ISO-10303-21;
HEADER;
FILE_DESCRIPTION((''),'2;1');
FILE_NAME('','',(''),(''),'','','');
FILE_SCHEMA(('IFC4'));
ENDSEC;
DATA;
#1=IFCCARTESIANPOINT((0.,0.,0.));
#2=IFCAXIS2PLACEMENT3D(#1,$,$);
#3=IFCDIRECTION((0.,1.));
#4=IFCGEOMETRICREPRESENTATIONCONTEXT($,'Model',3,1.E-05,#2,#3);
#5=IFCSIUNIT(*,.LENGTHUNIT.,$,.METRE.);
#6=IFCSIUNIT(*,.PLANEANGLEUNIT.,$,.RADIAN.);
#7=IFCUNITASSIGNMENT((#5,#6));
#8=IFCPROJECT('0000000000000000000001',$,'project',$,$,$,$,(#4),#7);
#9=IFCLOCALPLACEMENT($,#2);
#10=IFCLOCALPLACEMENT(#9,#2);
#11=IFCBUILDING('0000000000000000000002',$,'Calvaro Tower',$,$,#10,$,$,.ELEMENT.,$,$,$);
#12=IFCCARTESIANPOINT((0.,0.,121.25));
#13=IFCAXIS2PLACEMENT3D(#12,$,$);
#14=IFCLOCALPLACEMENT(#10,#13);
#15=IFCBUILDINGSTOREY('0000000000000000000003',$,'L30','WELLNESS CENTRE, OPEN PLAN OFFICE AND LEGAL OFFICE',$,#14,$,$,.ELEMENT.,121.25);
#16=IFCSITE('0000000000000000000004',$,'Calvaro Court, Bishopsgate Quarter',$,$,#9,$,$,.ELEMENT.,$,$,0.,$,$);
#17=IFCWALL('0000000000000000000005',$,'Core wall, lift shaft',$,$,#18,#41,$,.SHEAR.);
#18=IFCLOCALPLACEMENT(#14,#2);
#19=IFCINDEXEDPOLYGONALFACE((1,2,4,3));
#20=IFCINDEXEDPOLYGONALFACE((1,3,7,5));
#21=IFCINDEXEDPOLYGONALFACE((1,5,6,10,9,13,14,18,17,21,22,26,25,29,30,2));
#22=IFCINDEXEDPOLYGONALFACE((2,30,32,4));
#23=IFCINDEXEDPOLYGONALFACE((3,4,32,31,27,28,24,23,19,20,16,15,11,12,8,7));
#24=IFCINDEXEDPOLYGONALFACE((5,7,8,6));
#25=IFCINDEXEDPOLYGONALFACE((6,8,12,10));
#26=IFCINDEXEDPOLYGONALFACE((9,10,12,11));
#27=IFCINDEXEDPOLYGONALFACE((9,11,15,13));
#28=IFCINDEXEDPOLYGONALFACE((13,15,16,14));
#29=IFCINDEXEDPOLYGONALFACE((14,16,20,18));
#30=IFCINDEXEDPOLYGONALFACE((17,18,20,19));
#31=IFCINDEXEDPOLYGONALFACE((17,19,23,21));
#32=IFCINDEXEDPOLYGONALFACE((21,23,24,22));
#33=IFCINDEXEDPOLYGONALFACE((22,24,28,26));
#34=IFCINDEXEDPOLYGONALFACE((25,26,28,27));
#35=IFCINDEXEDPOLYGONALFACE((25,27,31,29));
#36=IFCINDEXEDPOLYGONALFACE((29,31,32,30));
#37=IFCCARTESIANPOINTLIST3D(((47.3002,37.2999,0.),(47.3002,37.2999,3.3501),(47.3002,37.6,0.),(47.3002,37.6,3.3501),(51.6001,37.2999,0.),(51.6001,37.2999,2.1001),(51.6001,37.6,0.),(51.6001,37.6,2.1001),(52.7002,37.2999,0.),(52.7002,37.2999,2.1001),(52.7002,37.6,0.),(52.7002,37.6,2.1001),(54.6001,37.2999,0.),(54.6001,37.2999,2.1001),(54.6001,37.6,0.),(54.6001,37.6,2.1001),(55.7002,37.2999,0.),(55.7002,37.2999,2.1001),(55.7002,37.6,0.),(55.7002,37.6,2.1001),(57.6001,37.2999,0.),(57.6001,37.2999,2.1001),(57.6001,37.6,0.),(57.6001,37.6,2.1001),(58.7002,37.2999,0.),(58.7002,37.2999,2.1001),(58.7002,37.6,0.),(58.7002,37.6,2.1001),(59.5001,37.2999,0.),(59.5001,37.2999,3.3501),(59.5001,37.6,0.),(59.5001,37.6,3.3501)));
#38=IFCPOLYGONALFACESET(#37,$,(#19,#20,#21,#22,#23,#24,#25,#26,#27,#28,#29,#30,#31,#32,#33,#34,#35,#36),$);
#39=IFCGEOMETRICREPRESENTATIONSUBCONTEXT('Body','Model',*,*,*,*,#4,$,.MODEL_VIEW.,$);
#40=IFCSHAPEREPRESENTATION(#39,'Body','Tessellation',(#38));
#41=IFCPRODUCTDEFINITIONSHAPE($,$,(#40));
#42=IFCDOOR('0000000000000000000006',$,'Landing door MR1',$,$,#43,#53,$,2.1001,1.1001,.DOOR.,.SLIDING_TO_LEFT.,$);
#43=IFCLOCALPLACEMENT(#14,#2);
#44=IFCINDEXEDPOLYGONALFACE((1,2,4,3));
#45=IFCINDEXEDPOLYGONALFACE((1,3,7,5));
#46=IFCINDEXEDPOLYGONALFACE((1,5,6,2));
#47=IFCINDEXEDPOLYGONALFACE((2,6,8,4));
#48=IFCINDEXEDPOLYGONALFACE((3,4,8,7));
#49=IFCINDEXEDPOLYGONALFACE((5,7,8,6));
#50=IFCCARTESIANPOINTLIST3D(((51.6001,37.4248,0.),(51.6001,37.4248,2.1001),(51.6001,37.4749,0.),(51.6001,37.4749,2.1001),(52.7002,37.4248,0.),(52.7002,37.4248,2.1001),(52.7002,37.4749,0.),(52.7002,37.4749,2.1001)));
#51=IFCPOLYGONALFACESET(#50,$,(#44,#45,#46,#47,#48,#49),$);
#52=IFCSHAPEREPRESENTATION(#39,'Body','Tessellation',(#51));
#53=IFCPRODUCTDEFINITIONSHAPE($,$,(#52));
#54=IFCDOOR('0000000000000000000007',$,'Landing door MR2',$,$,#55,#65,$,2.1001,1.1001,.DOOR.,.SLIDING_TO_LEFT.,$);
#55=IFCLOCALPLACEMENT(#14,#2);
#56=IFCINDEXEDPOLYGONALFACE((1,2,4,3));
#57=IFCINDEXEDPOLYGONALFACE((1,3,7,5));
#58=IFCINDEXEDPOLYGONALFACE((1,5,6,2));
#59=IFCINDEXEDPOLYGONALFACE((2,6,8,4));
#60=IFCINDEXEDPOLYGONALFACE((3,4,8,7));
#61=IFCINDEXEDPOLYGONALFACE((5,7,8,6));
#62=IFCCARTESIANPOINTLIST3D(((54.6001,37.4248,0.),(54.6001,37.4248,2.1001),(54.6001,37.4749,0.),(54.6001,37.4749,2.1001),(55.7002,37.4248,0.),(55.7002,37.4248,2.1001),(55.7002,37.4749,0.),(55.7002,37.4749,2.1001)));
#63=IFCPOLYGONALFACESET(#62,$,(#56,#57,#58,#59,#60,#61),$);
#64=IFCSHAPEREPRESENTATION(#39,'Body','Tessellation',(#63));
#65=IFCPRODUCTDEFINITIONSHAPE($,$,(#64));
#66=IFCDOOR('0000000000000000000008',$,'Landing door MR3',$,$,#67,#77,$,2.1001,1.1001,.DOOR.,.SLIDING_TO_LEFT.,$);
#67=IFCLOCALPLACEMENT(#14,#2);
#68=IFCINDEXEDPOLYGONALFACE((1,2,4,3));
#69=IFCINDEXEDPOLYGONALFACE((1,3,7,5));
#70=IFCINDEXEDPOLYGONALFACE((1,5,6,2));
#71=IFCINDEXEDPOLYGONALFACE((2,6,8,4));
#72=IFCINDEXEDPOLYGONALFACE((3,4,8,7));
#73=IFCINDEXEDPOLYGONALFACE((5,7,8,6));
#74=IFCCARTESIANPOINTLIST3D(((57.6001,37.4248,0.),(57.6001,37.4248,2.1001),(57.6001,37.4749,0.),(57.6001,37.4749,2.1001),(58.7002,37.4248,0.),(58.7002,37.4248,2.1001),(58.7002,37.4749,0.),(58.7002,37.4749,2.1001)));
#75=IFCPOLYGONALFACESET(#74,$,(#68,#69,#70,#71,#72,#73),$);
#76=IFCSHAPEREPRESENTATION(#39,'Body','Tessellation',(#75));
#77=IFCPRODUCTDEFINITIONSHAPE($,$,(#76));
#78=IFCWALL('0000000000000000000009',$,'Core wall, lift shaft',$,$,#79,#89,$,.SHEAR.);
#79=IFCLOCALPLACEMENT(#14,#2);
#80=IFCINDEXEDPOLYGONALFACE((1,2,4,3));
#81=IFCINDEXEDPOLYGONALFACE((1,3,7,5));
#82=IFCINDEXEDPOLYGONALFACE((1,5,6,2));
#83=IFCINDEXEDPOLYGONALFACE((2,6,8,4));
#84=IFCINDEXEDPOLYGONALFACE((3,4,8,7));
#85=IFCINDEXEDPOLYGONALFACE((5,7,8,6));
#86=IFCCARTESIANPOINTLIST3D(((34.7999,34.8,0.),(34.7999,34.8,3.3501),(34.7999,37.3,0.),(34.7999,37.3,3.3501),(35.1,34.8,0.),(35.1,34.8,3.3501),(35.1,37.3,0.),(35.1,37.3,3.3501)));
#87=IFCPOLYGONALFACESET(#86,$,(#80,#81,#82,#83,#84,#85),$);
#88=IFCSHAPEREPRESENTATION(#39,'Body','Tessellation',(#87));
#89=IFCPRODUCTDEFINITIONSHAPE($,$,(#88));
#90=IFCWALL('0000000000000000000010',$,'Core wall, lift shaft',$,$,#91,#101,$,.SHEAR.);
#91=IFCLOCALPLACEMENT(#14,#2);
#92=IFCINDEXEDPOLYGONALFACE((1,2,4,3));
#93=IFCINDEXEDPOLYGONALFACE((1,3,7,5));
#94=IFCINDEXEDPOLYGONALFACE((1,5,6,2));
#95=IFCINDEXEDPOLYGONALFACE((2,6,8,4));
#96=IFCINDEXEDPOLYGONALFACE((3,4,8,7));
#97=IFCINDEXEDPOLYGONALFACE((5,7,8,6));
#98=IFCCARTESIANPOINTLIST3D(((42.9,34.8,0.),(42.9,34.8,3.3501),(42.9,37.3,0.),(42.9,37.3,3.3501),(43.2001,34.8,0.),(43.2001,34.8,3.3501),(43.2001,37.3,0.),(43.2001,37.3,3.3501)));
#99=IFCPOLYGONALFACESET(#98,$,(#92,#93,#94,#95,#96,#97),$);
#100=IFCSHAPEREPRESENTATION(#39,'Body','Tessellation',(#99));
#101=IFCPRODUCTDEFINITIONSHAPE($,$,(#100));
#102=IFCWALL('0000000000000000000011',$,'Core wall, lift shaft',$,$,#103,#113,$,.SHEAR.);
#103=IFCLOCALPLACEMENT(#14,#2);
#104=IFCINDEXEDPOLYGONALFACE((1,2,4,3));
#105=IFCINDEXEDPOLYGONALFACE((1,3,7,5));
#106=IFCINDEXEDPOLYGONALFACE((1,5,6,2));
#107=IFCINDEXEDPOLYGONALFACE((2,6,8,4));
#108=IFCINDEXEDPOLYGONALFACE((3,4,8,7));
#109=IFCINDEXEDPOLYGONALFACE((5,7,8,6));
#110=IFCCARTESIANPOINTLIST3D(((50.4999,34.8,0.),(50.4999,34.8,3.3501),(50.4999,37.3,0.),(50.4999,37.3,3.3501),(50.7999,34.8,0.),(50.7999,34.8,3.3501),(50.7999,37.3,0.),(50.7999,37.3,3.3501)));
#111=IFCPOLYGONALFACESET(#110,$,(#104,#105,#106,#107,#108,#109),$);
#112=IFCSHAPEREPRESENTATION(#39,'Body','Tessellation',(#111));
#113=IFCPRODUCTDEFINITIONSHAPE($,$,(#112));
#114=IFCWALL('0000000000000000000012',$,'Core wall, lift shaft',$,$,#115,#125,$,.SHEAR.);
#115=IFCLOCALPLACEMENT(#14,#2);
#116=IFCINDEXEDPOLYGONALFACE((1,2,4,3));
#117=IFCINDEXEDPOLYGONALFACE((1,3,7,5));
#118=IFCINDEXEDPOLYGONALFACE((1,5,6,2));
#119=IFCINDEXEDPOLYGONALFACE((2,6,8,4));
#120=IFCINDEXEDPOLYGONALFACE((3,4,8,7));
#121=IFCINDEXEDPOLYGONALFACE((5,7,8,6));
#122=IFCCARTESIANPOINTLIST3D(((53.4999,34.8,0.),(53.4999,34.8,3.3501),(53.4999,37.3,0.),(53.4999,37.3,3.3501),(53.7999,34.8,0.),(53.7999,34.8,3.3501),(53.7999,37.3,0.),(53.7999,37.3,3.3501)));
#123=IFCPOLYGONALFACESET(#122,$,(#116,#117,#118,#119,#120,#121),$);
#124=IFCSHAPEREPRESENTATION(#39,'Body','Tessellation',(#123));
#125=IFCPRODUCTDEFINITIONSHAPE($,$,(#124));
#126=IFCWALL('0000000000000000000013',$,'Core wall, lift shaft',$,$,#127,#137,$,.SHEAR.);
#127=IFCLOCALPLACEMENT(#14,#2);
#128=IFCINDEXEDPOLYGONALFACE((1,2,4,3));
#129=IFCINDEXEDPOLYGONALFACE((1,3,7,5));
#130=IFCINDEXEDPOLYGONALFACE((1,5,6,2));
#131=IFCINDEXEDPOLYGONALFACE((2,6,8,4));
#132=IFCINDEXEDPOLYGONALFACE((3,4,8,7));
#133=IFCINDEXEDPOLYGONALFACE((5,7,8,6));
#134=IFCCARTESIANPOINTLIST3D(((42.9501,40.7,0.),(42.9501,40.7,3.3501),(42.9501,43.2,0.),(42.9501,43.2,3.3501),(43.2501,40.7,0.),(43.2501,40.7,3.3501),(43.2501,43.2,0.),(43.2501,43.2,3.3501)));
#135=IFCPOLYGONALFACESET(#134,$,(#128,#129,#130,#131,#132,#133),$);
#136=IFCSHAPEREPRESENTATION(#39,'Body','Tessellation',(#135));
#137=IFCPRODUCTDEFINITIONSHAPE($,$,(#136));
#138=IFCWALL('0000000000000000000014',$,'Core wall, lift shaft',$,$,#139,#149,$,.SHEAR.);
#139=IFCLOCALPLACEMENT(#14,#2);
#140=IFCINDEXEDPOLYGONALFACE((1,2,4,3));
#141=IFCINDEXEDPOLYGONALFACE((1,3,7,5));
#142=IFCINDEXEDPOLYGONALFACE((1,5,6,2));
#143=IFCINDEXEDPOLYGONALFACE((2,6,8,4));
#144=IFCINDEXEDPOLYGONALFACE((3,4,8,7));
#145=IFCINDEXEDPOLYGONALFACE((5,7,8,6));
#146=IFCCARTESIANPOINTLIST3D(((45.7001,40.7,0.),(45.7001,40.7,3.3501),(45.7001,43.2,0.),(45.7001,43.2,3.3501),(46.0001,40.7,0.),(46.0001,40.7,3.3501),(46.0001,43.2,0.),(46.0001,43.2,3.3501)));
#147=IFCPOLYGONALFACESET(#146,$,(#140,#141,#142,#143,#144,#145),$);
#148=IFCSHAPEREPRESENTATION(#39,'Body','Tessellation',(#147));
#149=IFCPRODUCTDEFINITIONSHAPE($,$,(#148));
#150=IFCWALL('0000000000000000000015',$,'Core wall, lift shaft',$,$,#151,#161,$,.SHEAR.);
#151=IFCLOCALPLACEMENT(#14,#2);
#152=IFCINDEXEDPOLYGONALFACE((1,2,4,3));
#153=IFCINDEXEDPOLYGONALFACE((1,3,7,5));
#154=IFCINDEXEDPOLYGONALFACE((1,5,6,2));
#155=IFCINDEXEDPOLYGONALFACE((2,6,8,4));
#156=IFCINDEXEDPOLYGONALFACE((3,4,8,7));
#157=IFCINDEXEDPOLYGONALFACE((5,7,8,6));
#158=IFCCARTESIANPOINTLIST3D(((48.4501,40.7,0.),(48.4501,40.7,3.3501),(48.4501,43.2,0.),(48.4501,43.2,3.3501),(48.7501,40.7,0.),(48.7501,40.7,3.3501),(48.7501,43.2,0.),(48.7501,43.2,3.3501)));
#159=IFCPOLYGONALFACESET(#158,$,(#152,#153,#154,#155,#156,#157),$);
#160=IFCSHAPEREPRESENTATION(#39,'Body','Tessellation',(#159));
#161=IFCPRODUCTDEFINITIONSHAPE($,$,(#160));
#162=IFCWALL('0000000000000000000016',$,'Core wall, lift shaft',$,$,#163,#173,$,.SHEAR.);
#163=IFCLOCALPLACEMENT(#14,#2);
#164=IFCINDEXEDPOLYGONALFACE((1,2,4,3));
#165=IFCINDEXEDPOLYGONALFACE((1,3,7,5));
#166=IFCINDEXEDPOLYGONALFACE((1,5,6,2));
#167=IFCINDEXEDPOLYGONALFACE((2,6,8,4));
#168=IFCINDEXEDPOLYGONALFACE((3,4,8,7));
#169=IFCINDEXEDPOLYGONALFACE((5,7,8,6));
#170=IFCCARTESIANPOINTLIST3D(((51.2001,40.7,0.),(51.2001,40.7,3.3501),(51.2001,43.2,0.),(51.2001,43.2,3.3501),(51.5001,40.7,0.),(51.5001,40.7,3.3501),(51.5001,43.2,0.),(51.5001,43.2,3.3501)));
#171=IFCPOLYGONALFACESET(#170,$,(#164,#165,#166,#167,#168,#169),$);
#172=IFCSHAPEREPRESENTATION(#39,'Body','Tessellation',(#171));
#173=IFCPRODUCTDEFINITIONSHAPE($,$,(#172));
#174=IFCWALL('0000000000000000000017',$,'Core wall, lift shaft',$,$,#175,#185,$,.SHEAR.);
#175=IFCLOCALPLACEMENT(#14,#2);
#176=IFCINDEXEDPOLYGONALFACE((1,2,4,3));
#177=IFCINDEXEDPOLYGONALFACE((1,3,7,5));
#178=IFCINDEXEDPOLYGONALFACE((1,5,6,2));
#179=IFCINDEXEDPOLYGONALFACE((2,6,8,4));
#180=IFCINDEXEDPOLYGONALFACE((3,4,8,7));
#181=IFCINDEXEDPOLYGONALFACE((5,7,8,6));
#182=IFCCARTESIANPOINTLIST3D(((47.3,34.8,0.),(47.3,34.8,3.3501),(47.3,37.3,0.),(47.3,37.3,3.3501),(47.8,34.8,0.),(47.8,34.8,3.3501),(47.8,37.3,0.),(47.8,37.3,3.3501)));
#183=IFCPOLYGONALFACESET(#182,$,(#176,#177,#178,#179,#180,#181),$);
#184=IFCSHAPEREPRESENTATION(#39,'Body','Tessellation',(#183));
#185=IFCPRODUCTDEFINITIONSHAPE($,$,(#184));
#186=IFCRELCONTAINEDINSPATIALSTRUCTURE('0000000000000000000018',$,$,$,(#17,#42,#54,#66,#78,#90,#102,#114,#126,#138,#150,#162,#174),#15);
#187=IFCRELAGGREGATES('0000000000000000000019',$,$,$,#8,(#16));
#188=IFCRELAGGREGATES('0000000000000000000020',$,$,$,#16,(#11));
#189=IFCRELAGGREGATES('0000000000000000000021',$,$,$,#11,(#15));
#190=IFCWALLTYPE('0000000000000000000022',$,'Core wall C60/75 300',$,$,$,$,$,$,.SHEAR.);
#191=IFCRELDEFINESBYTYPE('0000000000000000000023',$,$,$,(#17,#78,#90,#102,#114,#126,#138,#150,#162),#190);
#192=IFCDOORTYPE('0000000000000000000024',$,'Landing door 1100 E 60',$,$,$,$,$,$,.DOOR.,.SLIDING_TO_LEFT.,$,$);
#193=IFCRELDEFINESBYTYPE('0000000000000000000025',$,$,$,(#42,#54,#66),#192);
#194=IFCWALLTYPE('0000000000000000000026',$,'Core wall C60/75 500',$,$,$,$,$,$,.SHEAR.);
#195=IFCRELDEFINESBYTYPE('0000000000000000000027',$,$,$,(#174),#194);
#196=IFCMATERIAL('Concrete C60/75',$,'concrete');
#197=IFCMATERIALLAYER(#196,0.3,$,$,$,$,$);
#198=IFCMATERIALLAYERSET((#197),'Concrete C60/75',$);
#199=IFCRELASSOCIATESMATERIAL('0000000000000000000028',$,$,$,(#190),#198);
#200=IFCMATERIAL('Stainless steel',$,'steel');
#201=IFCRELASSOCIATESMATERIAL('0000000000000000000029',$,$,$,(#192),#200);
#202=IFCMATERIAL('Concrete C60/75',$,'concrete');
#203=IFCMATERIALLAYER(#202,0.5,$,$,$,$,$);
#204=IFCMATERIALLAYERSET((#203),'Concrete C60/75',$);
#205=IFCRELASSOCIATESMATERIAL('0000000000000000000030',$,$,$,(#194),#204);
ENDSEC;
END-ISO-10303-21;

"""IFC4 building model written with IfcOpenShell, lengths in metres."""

from ifc_helpers import new_model, si_unit, direction, frame, frame_2d, origin, place, context, subcontext, project, spatial, rectangle, extrude, material, layer, layer_set, type_object, element, fill, save


model = new_model("IFC4")

# Units and contexts
model_context = context("Model", 3, precision=1e-05, world=origin(), true_north=direction((0.0, 1.0)))
body_context = subcontext(model_context, "Body", "Model", "MODEL_VIEW")
ifc_project = project(units=[si_unit("LENGTHUNIT", "METRE"), si_unit("PLANEANGLEUNIT", "RADIAN")], contexts=[model_context])

# Site, building, storey
site_placement = place(None, origin())
site = spatial("IfcSite", under=ifc_project, at=site_placement, Name="Calvaro Court, Bishopsgate Quarter", CompositionType="ELEMENT", RefElevation=0.0)
building_placement = place(site_placement, origin())
building = spatial("IfcBuilding", under=site, at=building_placement, Name="Calvaro Tower", CompositionType="ELEMENT")
storey_placement = place(building_placement, frame((0.0, 0.0, 121.25)))
storey = spatial("IfcBuildingStorey", under=building, at=storey_placement, Name="L30", Description="WELLNESS CENTRE, OPEN PLAN OFFICE AND LEGAL OFFICE", CompositionType="ELEMENT", Elevation=121.25)

# Shared definitions
ifc_material_1 = material(Name="Concrete C60/75", Category="concrete")
ifc_layer_1 = layer(ifc_material_1, 0.3)
ifc_layer_set_1 = layer_set([ifc_layer_1], Name="Concrete C60/75")
wall_type_1 = type_object("IfcWallType", Name="Core wall C60/75 300", PredefinedType="SHEAR", material=ifc_layer_set_1)

# Shared definitions
ifc_material_2 = material(Name="Stainless steel", Category="steel")
door_type_1 = type_object("IfcDoorType", Name="Landing door 1100 E 60", OperationType="SLIDING_TO_LEFT", PredefinedType="DOOR", material=ifc_material_2)

# Wall, openings, doors
wall_1_placement = place(storey_placement, frame((47.3, 37.45, 0.0), z_axis=(0.0, 0.0, 1.0), x_axis=(1.0, 0.0, 0.0)))
wall_1 = element("IfcWall", 1, at=wall_1_placement, inside=storey, type_object=wall_type_1, Name="Core wall, lift shaft", PredefinedType="SHEAR", context=body_context, shape_type="SweptSolid", body=[
    extrude(rectangle(XDim=12.2, YDim=0.3, at=frame_2d((6.1001, 0.0))), origin(), (0.0, 0.0, 1.0), 3.3501),
])
opening_1_placement = place(wall_1_placement, frame((4.3, 0.0, 0.0)))
opening_1 = element("IfcOpeningElement", 2, at=opening_1_placement, cuts=wall_1, PredefinedType="OPENING", context=body_context, shape_type="SweptSolid", body=[
    extrude(rectangle(XDim=1.1001, YDim=2.1001, at=frame_2d((0.55, 1.05))), frame((0.0, 0.1599, 0.0), z_axis=(0.0, -1.0, 0.0), x_axis=(1.0, 0.0, 0.0)), (0.0, 0.0, 1.0), 0.3201),
])
opening_2_placement = place(wall_1_placement, frame((7.3, 0.0, 0.0)))
opening_2 = element("IfcOpeningElement", 3, at=opening_2_placement, cuts=wall_1, PredefinedType="OPENING", context=body_context, shape_type="SweptSolid", body=[
    extrude(rectangle(XDim=1.1001, YDim=2.1001, at=frame_2d((0.55, 1.05))), frame((0.0, 0.1599, 0.0), z_axis=(0.0, -1.0, 0.0), x_axis=(1.0, 0.0, 0.0)), (0.0, 0.0, 1.0), 0.3201),
])
opening_3_placement = place(wall_1_placement, frame((10.3, 0.0, 0.0)))
opening_3 = element("IfcOpeningElement", 4, at=opening_3_placement, cuts=wall_1, PredefinedType="OPENING", context=body_context, shape_type="SweptSolid", body=[
    extrude(rectangle(XDim=1.1001, YDim=2.1001, at=frame_2d((0.55, 1.05))), frame((0.0, 0.1599, 0.0), z_axis=(0.0, -1.0, 0.0), x_axis=(1.0, 0.0, 0.0)), (0.0, 0.0, 1.0), 0.3201),
])
door_1_placement = place(opening_1_placement, origin())
door_1 = element("IfcDoor", 5, at=door_1_placement, inside=storey, type_object=door_type_1, Name="Landing door MR1", OperationType="SLIDING_TO_LEFT", OverallHeight=2.1001, OverallWidth=1.1001, PredefinedType="DOOR", context=body_context, shape_type="SweptSolid", body=[
    extrude(rectangle(XDim=1.1001, YDim=2.1001, at=frame_2d((0.55, 1.05))), frame((0.0, 0.0249, 0.0), z_axis=(0.0, -1.0, 0.0), x_axis=(1.0, 0.0, 0.0)), (0.0, 0.0, 1.0), 0.05),
])
fill(opening_1, door_1)
door_2_placement = place(opening_2_placement, origin())
door_2 = element("IfcDoor", 6, at=door_2_placement, inside=storey, type_object=door_type_1, Name="Landing door MR2", OperationType="SLIDING_TO_LEFT", OverallHeight=2.1001, OverallWidth=1.1001, PredefinedType="DOOR", context=body_context, shape_type="SweptSolid", body=[
    extrude(rectangle(XDim=1.1001, YDim=2.1001, at=frame_2d((0.55, 1.05))), frame((0.0, 0.0249, 0.0), z_axis=(0.0, -1.0, 0.0), x_axis=(1.0, 0.0, 0.0)), (0.0, 0.0, 1.0), 0.05),
])
fill(opening_2, door_2)
door_3_placement = place(opening_3_placement, origin())
door_3 = element("IfcDoor", 7, at=door_3_placement, inside=storey, type_object=door_type_1, Name="Landing door MR3", OperationType="SLIDING_TO_LEFT", OverallHeight=2.1001, OverallWidth=1.1001, PredefinedType="DOOR", context=body_context, shape_type="SweptSolid", body=[
    extrude(rectangle(XDim=1.1001, YDim=2.1001, at=frame_2d((0.55, 1.05))), frame((0.0, 0.0249, 0.0), z_axis=(0.0, -1.0, 0.0), x_axis=(1.0, 0.0, 0.0)), (0.0, 0.0, 1.0), 0.05),
])
fill(opening_3, door_3)

# Walls
for number, where, z_axis, x_axis, name in (
    (8, (34.95, 34.8, 0.0), (0.0, 0.0, 1.0), (0.0, 1.0, 0.0), "Core wall, lift shaft"),
    (9, (43.05, 34.8, 0.0), (0.0, 0.0, 1.0), (0.0, 1.0, 0.0), "Core wall, lift shaft"),
    (10, (50.6499, 34.8, 0.0), (0.0, 0.0, 1.0), (0.0, 1.0, 0.0), "Core wall, lift shaft"),
    (11, (53.6499, 34.8, 0.0), (0.0, 0.0, 1.0), (0.0, 1.0, 0.0), "Core wall, lift shaft"),
    (12, (43.1001, 40.7, 0.0), (0.0, 0.0, 1.0), (0.0, 1.0, 0.0), "Core wall, lift shaft"),
    (13, (45.8501, 40.7, 0.0), (0.0, 0.0, 1.0), (0.0, 1.0, 0.0), "Core wall, lift shaft"),
    (14, (48.6001, 40.7, 0.0), (0.0, 0.0, 1.0), (0.0, 1.0, 0.0), "Core wall, lift shaft"),
    (15, (51.3501, 40.7, 0.0), (0.0, 0.0, 1.0), (0.0, 1.0, 0.0), "Core wall, lift shaft"),
):
    element("IfcWall", number, at=place(storey_placement, frame(where, z_axis=z_axis, x_axis=x_axis)), inside=storey, type_object=wall_type_1, Name=name, PredefinedType="SHEAR", context=body_context, shape_type="SweptSolid", body=[
        extrude(rectangle(XDim=2.5, YDim=0.3, at=frame_2d((1.25, 0.0))), origin(), (0.0, 0.0, 1.0), 3.3501),
    ])
ifc_material_3 = material(Name="Concrete C60/75", Category="concrete")
ifc_layer_2 = layer(ifc_material_3, 0.5)
ifc_layer_set_2 = layer_set([ifc_layer_2], Name="Concrete C60/75")
wall_type_2 = type_object("IfcWallType", Name="Core wall C60/75 500", PredefinedType="SHEAR", material=ifc_layer_set_2)
wall_2_placement = place(storey_placement, frame((47.55, 34.8, 0.0), z_axis=(0.0, 0.0, 1.0), x_axis=(0.0, 1.0, 0.0)))
element("IfcWall", 16, at=wall_2_placement, inside=storey, type_object=wall_type_2, Name="Core wall, lift shaft", PredefinedType="SHEAR", context=body_context, shape_type="SweptSolid", body=[
    extrude(rectangle(XDim=2.5, YDim=0.5, at=frame_2d((1.25, 0.0))), origin(), (0.0, 0.0, 1.0), 3.3501),
])

save(model, "model.ifc")
